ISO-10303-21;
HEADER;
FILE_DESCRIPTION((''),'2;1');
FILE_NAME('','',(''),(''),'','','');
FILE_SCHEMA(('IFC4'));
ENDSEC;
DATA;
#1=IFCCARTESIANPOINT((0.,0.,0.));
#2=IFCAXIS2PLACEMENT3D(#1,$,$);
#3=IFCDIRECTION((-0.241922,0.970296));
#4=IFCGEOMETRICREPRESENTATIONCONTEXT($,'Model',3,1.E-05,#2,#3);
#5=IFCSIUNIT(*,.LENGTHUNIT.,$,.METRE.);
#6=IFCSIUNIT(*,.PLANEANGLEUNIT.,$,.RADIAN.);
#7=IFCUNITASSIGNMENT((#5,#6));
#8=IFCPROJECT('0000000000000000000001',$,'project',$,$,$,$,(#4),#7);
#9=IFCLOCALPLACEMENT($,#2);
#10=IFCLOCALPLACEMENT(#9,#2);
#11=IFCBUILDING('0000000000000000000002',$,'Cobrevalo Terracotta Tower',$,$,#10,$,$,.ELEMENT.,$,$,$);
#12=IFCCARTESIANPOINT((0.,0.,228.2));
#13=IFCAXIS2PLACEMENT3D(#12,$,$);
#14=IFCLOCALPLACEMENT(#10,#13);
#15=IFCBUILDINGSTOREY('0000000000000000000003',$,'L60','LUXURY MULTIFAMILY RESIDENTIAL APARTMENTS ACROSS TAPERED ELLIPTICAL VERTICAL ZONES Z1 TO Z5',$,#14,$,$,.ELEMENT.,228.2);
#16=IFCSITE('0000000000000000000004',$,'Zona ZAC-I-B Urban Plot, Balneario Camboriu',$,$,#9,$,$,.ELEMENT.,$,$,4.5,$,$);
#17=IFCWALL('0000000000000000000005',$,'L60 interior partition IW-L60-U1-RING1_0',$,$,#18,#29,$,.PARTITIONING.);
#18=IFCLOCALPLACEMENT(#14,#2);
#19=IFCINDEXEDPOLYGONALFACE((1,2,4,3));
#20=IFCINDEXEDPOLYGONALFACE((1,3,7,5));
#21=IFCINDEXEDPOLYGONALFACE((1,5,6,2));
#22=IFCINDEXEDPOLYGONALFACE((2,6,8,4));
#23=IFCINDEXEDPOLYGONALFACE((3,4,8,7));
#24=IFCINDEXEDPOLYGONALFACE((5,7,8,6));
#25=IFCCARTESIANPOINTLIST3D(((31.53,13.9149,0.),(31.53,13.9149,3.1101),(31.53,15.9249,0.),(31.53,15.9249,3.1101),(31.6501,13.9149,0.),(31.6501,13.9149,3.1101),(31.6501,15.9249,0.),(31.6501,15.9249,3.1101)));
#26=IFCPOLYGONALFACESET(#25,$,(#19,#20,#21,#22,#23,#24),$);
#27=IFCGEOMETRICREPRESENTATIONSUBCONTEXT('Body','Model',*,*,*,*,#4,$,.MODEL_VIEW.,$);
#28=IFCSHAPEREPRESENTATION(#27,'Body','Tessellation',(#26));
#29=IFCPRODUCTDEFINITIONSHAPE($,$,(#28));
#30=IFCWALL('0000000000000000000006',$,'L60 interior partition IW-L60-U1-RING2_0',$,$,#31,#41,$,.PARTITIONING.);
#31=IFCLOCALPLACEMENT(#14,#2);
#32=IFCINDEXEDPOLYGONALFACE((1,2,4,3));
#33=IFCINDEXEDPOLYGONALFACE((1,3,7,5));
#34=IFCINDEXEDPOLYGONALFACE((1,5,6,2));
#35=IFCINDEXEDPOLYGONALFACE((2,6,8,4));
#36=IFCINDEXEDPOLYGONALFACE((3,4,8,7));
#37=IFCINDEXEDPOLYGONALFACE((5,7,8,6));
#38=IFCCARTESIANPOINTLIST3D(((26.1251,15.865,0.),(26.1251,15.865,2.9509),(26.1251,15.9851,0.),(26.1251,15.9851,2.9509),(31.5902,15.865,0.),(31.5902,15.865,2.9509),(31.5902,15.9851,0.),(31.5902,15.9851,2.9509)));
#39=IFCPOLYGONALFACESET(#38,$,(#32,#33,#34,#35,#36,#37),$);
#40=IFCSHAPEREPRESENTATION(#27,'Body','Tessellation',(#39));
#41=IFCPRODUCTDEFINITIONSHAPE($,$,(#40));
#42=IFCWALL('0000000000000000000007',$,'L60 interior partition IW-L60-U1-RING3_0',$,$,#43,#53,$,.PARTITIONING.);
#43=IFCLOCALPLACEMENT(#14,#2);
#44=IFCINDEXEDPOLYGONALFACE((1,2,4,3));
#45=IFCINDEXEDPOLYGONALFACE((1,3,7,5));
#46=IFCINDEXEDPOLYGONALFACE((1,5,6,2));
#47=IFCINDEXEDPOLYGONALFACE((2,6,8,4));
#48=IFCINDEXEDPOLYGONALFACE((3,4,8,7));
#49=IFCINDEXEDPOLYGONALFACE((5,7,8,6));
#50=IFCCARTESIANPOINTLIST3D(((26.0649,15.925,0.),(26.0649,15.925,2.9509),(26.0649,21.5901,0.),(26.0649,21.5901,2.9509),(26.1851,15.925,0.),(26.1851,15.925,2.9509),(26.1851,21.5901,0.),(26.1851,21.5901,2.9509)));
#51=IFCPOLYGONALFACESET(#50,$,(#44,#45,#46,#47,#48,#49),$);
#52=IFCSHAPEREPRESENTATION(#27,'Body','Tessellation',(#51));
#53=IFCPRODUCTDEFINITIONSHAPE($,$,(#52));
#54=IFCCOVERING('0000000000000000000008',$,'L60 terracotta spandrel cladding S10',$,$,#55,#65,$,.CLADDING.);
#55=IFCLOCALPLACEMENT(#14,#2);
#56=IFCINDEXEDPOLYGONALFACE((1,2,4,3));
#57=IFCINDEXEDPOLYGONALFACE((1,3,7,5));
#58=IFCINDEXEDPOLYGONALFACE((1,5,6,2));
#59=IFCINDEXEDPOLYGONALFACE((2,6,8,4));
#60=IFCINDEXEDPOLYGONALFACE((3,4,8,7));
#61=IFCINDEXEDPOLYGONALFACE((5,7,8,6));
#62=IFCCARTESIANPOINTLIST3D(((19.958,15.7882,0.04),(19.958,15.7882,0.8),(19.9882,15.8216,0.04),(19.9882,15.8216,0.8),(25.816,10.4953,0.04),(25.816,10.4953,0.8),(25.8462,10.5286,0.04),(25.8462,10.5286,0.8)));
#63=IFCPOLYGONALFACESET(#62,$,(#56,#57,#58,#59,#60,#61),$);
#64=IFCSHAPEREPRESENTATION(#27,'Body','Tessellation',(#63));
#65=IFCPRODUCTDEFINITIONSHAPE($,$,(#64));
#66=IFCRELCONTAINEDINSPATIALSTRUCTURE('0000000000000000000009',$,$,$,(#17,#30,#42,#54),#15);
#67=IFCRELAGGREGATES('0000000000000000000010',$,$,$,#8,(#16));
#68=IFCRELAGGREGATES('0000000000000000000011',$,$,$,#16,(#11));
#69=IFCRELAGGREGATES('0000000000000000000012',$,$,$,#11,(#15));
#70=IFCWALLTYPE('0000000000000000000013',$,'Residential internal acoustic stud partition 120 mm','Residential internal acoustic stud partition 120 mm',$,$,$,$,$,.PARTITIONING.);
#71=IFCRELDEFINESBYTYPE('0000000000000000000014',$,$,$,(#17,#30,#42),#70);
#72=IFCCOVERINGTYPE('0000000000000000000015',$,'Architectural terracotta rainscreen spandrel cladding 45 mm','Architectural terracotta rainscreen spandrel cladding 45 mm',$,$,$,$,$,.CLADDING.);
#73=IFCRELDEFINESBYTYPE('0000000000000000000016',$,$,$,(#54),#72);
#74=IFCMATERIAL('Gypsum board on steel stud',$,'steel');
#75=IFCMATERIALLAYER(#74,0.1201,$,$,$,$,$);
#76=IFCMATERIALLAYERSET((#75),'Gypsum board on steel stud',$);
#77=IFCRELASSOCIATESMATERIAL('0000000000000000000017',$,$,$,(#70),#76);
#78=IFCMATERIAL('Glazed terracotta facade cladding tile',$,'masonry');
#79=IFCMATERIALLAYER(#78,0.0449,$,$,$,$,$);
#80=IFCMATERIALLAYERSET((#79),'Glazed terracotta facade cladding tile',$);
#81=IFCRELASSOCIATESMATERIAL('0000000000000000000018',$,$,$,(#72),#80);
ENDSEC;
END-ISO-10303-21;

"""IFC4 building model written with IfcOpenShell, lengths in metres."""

from ifc_helpers import new_model, si_unit, direction, frame, frame_2d, origin, origin_2d, place, context, subcontext, project, spatial, rectangle, extrude, source, transform, mapped, material, layer, layer_set, type_object, element, save


model = new_model("IFC4")

# Units and contexts
model_context = context("Model", 3, precision=1e-05, world=origin(), true_north=direction((-0.241922, 0.970296)))
body_context = subcontext(model_context, "Body", "Model", "MODEL_VIEW")
ifc_project = project(units=[si_unit("LENGTHUNIT", "METRE"), si_unit("PLANEANGLEUNIT", "RADIAN")], contexts=[model_context])

# Site, building, storey
site_placement = place(None, origin())
site = spatial("IfcSite", under=ifc_project, at=site_placement, Name="Zona ZAC-I-B Urban Plot, Balneario Camboriu", CompositionType="ELEMENT", RefElevation=4.5)
building_placement = place(site_placement, origin())
building = spatial("IfcBuilding", under=site, at=building_placement, Name="Cobrevalo Terracotta Tower", CompositionType="ELEMENT")
storey_placement = place(building_placement, frame((0.0, 0.0, 228.2)))
storey = spatial("IfcBuildingStorey", under=building, at=storey_placement, Name="L60", Description="LUXURY MULTIFAMILY RESIDENTIAL APARTMENTS ACROSS TAPERED ELLIPTICAL VERTICAL ZONES Z1 TO Z5", CompositionType="ELEMENT", Elevation=228.2)

# Walls
ifc_material_1 = material(Name="Gypsum board on steel stud", Category="steel")
ifc_layer_1 = layer(ifc_material_1, 0.1201)
ifc_layer_set_1 = layer_set([ifc_layer_1], Name="Gypsum board on steel stud")
wall_type_1 = type_object("IfcWallType", Name="Residential internal acoustic stud partition 120 mm", Description="Residential internal acoustic stud partition 120 mm", PredefinedType="PARTITIONING", material=ifc_layer_set_1)
wall_1_placement = place(storey_placement, frame((31.5901, 13.915, 0.0), z_axis=(0.0, 0.0, 1.0), x_axis=(0.0, 1.0, 0.0)))
element("IfcWall", 1, at=wall_1_placement, inside=storey, type_object=wall_type_1, Name="L60 interior partition IW-L60-U1-RING1_0", PredefinedType="PARTITIONING", context=body_context, shape_type="SweptSolid", body=[
    extrude(rectangle(XDim=2.01, YDim=0.1201, at=frame_2d((1.0049, 0.0))), origin(), (0.0, 0.0, 1.0), 3.1101),
])
wall_2_placement = place(storey_placement, frame((31.5901, 15.925, 0.0), z_axis=(0.0, 0.0, 1.0), x_axis=(-1.0, 0.0, 0.0)))
element("IfcWall", 2, at=wall_2_placement, inside=storey, type_object=wall_type_1, Name="L60 interior partition IW-L60-U1-RING2_0", PredefinedType="PARTITIONING", context=body_context, shape_type="SweptSolid", body=[
    extrude(rectangle(XDim=5.4651, YDim=0.1201, at=frame_2d((2.7324, 0.0))), origin(), (0.0, 0.0, 1.0), 2.9509),
])
wall_3_placement = place(storey_placement, frame((26.125, 15.925, 0.0), z_axis=(0.0, 0.0, 1.0), x_axis=(0.0, 1.0, 0.0)))
element("IfcWall", 3, at=wall_3_placement, inside=storey, type_object=wall_type_1, Name="L60 interior partition IW-L60-U1-RING3_0", PredefinedType="PARTITIONING", context=body_context, shape_type="SweptSolid", body=[
    extrude(rectangle(XDim=5.665, YDim=0.1201, at=frame_2d((2.8325, 0.0))), origin(), (0.0, 0.0, 1.0), 2.9509),
])

# Covering
ifc_material_2 = material(Name="Glazed terracotta facade cladding tile", Category="masonry")
ifc_layer_2 = layer(ifc_material_2, 0.0449)
ifc_layer_set_2 = layer_set([ifc_layer_2], Name="Glazed terracotta facade cladding tile")
covering_type = type_object("IfcCoveringType", Name="Architectural terracotta rainscreen spandrel cladding 45 mm", Description="Architectural terracotta rainscreen spandrel cladding 45 mm", PredefinedType="CLADDING", material=ifc_layer_set_2)
shared_shape_1 = source(origin(), body_context, "Body", "SweptSolid", [
    extrude(rectangle(XDim=7.895, YDim=0.0449, at=origin_2d()), origin(), (0.0, 0.0, 1.0), 0.76),
])
covering_placement = place(storey_placement, frame((22.9021, 13.1584, 0.04), z_axis=(0.0, 0.0, 1.0), x_axis=(0.741988, -0.670414, 0.0)))
element("IfcCovering", 4, at=covering_placement, inside=storey, type_object=covering_type, Name="L60 terracotta spandrel cladding S10", PredefinedType="CLADDING", context=body_context, shape_type="MappedRepresentation", body=[
    mapped(shared_shape_1, transform((0.0, 0.0, 0.0), scale=1.0)),
])

save(model, "model.ifc")
